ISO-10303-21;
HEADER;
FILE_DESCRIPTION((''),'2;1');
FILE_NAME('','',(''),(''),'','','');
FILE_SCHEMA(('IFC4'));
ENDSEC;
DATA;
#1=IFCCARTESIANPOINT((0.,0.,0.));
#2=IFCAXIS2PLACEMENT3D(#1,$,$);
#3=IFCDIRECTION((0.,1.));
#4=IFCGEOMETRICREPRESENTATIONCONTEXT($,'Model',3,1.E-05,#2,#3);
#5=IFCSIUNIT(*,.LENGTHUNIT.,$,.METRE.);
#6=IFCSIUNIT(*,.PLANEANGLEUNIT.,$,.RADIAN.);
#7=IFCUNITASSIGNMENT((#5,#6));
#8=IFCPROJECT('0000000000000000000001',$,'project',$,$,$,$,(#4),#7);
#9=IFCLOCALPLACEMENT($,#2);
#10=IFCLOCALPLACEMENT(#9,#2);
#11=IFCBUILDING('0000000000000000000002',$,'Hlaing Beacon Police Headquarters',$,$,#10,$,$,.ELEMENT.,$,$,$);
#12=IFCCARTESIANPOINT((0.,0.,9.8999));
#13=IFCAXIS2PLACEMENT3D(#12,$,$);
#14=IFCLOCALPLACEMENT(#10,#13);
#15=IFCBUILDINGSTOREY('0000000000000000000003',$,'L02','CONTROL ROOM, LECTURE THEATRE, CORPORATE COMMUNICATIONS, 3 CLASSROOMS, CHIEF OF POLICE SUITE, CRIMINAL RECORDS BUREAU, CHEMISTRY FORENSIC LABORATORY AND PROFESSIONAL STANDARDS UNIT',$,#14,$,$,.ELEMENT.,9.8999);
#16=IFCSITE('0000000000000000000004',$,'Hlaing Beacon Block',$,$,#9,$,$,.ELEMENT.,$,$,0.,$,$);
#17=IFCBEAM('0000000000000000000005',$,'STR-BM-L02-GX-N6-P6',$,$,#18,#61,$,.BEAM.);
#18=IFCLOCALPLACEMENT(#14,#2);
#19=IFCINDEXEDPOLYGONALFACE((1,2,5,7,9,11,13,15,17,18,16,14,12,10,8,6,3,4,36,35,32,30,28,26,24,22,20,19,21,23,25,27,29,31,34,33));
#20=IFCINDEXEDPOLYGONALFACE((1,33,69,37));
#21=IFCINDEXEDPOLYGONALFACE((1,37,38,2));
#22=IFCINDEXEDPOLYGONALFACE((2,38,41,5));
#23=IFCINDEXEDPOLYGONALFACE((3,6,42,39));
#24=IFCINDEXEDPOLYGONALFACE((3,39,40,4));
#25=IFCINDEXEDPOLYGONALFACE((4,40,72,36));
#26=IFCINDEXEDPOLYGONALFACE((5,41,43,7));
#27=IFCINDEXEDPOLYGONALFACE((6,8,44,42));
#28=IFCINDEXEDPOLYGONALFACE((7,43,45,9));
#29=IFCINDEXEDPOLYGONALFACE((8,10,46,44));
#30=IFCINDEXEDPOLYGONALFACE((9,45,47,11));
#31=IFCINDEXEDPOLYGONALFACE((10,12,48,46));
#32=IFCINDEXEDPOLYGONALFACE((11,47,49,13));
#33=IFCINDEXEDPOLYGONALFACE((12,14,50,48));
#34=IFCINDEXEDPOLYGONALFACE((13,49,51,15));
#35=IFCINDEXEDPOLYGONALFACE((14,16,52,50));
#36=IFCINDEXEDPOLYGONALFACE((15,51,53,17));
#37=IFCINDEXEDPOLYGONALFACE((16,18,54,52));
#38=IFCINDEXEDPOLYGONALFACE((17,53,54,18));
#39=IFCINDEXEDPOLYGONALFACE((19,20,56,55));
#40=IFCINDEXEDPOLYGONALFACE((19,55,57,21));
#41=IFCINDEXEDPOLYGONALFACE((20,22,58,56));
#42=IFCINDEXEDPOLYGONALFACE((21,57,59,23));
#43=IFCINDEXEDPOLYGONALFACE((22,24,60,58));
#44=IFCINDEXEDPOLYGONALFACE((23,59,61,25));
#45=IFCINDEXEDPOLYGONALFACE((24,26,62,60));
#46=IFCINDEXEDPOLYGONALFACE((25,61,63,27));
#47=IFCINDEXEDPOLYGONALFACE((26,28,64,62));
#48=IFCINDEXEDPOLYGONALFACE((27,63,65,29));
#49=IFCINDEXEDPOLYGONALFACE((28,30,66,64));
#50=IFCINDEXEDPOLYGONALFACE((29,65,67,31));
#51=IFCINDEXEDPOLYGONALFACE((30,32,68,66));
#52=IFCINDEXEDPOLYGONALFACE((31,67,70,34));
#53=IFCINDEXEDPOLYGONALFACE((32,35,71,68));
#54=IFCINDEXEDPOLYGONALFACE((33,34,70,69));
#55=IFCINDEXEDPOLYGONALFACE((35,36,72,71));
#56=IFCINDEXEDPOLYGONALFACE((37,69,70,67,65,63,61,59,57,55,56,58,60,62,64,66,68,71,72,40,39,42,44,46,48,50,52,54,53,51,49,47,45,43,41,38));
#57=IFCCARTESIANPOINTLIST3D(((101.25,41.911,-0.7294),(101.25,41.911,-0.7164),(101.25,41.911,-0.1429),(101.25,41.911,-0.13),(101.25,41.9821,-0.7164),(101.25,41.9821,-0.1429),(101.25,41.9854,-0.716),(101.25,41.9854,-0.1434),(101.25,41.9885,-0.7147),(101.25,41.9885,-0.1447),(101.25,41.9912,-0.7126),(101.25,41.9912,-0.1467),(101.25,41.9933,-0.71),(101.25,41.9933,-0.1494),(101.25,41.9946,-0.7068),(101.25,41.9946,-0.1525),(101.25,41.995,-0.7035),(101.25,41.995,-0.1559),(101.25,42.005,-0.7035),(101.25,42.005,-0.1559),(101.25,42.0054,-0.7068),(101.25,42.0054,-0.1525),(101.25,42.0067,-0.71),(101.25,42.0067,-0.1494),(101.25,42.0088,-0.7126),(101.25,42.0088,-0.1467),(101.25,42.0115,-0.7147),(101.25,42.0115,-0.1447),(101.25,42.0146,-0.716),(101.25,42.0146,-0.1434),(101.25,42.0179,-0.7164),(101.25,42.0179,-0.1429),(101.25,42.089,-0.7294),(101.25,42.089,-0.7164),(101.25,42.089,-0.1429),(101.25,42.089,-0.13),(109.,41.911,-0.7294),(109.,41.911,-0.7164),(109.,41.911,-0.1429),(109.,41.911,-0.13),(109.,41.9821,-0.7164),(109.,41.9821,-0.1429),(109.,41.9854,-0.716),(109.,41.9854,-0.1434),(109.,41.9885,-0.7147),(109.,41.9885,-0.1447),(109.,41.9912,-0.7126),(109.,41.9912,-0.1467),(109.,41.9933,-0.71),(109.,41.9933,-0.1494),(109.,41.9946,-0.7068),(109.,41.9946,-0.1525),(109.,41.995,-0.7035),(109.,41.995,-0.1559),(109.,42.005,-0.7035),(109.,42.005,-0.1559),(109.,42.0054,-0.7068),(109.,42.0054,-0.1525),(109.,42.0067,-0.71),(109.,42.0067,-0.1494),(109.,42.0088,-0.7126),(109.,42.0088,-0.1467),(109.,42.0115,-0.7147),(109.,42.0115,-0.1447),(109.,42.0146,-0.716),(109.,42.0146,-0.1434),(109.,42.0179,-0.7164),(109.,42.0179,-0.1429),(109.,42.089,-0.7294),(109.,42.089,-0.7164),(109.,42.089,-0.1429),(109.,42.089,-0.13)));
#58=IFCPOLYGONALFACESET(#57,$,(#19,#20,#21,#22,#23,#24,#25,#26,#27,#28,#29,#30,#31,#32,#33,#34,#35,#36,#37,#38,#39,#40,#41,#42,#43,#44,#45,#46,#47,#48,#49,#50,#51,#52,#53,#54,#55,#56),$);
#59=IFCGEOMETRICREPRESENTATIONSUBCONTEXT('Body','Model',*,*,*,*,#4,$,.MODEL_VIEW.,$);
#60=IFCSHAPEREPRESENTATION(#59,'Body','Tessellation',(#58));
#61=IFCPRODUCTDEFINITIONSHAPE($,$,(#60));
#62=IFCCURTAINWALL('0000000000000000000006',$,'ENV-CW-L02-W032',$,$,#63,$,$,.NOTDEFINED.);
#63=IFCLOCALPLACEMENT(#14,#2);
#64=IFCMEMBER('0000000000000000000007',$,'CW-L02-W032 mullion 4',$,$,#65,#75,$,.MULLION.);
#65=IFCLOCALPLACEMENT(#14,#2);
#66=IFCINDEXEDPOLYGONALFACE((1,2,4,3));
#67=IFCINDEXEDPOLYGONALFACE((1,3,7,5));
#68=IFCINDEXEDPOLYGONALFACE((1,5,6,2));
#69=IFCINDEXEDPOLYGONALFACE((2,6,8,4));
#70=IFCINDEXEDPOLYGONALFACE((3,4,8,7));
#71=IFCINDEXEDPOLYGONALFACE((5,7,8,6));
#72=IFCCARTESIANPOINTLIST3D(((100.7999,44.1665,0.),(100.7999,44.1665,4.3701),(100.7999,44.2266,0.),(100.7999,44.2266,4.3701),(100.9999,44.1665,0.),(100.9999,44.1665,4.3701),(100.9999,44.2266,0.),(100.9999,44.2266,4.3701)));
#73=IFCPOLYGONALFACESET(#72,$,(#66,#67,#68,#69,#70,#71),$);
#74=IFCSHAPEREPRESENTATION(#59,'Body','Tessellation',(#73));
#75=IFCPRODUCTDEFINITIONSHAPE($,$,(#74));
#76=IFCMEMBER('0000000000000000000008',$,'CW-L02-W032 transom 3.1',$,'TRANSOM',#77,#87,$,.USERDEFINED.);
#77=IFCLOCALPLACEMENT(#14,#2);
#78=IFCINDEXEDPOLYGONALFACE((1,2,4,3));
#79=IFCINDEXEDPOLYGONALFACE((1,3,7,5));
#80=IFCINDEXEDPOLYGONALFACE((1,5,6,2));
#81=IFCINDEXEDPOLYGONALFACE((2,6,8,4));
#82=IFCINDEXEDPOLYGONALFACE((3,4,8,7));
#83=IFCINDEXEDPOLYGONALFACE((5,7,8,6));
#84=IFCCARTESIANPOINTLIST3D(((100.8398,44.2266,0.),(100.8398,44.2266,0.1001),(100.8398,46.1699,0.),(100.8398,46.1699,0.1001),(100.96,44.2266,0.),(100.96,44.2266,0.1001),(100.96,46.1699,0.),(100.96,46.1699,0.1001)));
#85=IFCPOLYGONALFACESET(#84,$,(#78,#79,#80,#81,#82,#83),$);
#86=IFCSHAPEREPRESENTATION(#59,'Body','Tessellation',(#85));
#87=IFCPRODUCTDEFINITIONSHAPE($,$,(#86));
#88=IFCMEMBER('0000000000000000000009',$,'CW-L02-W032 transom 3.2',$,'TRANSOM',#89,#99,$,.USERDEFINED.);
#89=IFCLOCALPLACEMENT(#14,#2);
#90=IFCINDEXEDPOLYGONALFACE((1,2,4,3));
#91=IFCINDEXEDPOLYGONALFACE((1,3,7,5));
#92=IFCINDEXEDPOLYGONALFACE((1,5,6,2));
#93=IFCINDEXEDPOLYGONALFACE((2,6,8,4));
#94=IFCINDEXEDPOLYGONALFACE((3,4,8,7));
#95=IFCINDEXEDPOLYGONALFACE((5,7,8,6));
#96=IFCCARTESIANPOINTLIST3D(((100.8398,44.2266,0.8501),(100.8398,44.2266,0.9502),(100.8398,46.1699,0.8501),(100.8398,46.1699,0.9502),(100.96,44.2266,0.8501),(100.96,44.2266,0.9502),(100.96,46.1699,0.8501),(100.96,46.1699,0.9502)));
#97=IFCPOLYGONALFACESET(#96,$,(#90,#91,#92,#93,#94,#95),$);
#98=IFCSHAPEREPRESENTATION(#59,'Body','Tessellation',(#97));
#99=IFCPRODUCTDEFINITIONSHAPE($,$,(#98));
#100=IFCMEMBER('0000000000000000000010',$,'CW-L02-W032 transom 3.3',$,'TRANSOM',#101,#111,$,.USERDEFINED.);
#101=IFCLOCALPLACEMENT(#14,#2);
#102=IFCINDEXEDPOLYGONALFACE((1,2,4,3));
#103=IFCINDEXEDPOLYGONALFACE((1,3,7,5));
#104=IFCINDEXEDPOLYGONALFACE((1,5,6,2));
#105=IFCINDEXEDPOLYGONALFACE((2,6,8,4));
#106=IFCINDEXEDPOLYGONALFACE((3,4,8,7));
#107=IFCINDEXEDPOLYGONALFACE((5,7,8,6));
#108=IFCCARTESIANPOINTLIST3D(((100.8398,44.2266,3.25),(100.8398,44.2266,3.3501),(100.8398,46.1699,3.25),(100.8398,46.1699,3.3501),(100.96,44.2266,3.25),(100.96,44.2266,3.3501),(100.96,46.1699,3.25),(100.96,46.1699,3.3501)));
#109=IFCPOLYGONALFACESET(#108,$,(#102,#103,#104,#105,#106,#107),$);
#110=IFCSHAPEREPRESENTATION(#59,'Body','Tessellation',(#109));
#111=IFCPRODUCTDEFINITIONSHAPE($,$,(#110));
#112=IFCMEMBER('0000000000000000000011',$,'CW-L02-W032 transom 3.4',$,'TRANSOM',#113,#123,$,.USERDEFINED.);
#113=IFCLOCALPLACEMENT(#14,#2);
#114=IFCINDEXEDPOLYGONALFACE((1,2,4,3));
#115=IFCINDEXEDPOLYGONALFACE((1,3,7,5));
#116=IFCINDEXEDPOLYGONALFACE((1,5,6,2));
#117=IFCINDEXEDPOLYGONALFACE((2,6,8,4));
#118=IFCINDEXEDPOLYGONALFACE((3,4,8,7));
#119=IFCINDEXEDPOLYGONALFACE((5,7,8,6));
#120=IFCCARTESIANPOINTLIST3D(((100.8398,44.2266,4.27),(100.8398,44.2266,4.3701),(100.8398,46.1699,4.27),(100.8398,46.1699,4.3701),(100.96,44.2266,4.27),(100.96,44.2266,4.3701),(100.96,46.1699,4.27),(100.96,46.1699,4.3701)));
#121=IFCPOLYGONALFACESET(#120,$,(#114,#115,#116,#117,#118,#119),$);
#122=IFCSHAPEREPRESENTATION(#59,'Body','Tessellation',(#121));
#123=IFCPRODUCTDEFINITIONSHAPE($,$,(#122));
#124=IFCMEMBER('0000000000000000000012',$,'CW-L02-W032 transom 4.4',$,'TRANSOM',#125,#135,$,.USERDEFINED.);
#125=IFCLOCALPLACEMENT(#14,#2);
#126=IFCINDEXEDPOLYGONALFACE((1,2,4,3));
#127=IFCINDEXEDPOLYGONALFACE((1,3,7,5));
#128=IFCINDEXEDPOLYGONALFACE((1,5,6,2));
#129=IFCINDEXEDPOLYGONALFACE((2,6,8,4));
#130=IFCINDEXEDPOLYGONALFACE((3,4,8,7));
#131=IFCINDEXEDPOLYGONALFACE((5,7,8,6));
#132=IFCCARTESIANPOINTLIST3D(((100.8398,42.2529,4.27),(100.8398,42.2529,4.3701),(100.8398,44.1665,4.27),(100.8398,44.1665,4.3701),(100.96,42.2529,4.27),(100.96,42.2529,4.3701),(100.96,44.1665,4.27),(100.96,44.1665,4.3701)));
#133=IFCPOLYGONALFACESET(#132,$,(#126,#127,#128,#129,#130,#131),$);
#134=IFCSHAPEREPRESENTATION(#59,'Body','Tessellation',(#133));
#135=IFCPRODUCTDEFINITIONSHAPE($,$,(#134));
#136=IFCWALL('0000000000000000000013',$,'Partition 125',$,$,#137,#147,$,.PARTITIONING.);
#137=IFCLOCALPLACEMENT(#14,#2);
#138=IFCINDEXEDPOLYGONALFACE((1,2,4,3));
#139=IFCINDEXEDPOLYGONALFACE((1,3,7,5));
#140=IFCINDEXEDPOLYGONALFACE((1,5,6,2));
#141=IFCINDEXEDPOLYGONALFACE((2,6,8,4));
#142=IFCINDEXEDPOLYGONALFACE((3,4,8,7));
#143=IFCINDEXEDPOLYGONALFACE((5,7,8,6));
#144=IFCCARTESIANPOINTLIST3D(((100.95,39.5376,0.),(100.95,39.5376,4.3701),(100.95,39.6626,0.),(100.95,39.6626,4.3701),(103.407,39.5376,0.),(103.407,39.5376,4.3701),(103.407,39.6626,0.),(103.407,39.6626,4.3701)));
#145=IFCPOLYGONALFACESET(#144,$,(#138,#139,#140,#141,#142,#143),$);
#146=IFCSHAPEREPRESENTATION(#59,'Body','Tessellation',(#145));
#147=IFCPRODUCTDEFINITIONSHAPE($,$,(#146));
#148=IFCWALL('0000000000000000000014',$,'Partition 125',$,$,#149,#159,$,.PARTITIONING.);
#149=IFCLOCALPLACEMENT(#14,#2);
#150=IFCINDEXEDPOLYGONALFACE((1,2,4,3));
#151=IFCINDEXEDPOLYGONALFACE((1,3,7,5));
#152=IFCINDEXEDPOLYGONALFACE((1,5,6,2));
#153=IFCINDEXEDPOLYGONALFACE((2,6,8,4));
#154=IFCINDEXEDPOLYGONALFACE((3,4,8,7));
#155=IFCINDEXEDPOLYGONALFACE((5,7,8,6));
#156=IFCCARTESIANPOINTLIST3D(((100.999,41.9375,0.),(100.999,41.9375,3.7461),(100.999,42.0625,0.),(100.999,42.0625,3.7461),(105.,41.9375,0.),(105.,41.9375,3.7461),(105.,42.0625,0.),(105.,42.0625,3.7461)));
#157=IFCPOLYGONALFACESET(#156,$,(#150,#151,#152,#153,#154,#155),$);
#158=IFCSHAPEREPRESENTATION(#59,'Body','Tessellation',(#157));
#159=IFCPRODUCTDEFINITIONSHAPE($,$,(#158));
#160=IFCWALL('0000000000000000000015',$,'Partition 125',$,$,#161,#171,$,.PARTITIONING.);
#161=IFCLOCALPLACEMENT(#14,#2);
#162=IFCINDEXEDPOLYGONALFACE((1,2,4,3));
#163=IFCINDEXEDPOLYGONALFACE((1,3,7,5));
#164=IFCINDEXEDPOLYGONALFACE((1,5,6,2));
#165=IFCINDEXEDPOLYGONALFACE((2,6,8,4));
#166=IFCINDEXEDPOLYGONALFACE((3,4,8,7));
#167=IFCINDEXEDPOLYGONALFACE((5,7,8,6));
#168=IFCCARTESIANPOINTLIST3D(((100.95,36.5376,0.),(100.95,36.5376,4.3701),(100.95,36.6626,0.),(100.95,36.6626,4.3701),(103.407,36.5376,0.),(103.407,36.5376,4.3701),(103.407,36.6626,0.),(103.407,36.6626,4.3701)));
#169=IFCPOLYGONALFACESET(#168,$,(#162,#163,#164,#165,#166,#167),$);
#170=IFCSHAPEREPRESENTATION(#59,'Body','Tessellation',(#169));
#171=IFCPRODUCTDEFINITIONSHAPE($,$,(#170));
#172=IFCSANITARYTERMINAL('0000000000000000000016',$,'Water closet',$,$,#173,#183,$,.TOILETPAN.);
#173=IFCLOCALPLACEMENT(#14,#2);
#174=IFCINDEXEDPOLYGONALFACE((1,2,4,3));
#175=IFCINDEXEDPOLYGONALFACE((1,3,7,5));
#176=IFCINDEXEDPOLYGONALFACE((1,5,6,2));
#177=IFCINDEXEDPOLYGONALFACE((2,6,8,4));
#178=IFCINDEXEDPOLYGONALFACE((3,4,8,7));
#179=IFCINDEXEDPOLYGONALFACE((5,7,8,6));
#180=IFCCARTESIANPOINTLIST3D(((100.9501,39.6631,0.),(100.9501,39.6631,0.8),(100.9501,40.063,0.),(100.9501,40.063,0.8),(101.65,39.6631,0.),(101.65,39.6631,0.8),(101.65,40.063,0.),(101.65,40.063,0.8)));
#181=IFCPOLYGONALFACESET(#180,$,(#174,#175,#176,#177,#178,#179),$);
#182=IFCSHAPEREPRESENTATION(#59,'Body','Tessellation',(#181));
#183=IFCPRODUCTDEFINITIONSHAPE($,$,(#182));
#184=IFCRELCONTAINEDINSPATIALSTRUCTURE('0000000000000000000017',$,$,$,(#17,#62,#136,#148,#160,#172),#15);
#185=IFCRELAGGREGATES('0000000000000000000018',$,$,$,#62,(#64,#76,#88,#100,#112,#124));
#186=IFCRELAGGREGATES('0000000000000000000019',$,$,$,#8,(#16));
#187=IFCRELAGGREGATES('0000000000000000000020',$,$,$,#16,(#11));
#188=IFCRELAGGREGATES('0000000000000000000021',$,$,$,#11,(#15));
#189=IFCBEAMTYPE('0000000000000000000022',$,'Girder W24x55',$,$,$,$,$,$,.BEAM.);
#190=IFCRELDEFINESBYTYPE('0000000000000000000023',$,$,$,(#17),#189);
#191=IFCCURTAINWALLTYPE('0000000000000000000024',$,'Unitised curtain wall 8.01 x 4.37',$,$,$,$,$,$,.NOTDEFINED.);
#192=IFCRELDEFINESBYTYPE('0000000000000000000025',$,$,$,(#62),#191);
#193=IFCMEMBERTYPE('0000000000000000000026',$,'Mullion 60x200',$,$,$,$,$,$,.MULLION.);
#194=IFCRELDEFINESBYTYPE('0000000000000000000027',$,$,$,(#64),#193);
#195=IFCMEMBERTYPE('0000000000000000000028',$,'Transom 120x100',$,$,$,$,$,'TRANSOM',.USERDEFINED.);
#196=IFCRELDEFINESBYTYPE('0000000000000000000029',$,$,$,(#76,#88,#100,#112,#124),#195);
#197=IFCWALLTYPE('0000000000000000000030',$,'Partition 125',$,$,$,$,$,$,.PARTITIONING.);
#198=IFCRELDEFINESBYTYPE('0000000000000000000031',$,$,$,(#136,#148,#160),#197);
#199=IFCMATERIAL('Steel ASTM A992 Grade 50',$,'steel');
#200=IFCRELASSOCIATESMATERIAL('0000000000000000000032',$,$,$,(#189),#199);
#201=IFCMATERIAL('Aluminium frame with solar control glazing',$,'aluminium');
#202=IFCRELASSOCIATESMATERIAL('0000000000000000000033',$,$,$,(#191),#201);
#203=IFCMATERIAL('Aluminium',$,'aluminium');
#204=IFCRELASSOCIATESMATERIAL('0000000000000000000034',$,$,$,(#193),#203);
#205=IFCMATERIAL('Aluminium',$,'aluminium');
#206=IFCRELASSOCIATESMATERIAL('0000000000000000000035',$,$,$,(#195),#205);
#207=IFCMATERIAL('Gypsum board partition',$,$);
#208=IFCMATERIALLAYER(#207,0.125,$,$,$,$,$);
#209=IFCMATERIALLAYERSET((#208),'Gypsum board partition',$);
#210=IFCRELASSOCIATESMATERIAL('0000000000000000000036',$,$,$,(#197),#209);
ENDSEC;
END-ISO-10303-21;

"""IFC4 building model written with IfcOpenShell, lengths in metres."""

from ifc_helpers import new_model, si_unit, direction, frame, frame_2d, origin, origin_2d, place, context, subcontext, project, spatial, rectangle, i_section, extrude, material, layer, layer_set, material_profile, profile_set, type_object, element, aggregate, save


model = new_model("IFC4")

# Units and contexts
model_context = context("Model", 3, precision=1e-05, world=origin(), true_north=direction((0.0, 1.0)))
body_context = subcontext(model_context, "Body", "Model", "MODEL_VIEW")
ifc_project = project(units=[si_unit("LENGTHUNIT", "METRE"), si_unit("PLANEANGLEUNIT", "RADIAN")], contexts=[model_context])

# Site, building, storey
site_placement = place(None, origin())
site = spatial("IfcSite", under=ifc_project, at=site_placement, Name="Hlaing Beacon Block", CompositionType="ELEMENT", RefElevation=0.0)
building_placement = place(site_placement, origin())
building = spatial("IfcBuilding", under=site, at=building_placement, Name="Hlaing Beacon Police Headquarters", CompositionType="ELEMENT")
storey_placement = place(building_placement, frame((0.0, 0.0, 9.8999)))
storey = spatial("IfcBuildingStorey", under=building, at=storey_placement, Name="L02", Description="CONTROL ROOM, LECTURE THEATRE, CORPORATE COMMUNICATIONS, 3 CLASSROOMS, CHIEF OF POLICE SUITE, CRIMINAL RECORDS BUREAU, CHEMISTRY FORENSIC LABORATORY AND PROFESSIONAL STANDARDS UNIT", CompositionType="ELEMENT", Elevation=9.8999)

# Beam
ifc_material_1 = material(Name="Steel ASTM A992 Grade 50", Category="steel")
ifc_material_profile_1 = material_profile(ifc_material_1, i_section(OverallWidth=0.178, OverallDepth=0.5994, WebThickness=0.01, FlangeThickness=0.0129, FilletRadius=0.0129, at=origin_2d()), Name="W24x55")
ifc_profile_set_1 = profile_set([ifc_material_profile_1], Name="Steel ASTM A992 Grade 50")
beam_type = type_object("IfcBeamType", Name="Girder W24x55", PredefinedType="BEAM", material=ifc_profile_set_1)
beam_placement = place(storey_placement, frame((101.25, 42.0, -0.4297), z_axis=(1.0, 0.0, 0.0), x_axis=(0.0, 1.0, 0.0)))
element("IfcBeam", 1, at=beam_placement, inside=storey, type_object=beam_type, Name="STR-BM-L02-GX-N6-P6", PredefinedType="BEAM", context=body_context, shape_type="SweptSolid", body=[
    extrude(i_section(OverallWidth=0.178, OverallDepth=0.5994, WebThickness=0.01, FlangeThickness=0.0129, FilletRadius=0.0129, at=origin_2d()), origin(), (0.0, 0.0, 1.0), 7.75),
])

# Curtain wall, members
ifc_material_2 = material(Name="Aluminium frame with solar control glazing", Category="aluminium")
curtain_wall_type = type_object("IfcCurtainWallType", Name="Unitised curtain wall 8.01 x 4.37", PredefinedType="NOTDEFINED", material=ifc_material_2)
curtain_wall_placement = place(storey_placement, origin())
curtain_wall = element("IfcCurtainWall", 2, at=curtain_wall_placement, inside=storey, type_object=curtain_wall_type, Name="ENV-CW-L02-W032", PredefinedType="NOTDEFINED")
ifc_material_3 = material(Name="Aluminium", Category="aluminium")
ifc_material_profile_2 = material_profile(ifc_material_3, rectangle(XDim=0.2, YDim=0.0601, at=origin_2d()), Name="Mullion 60x200")
ifc_profile_set_2 = profile_set([ifc_material_profile_2], Name="Aluminium")
member_type_1 = type_object("IfcMemberType", Name="Mullion 60x200", PredefinedType="MULLION", material=ifc_profile_set_2)
member_1_placement = place(storey_placement, frame((100.8999, 44.1965, 0.0), z_axis=(0.0, 0.0, 1.0), x_axis=(1.0, 0.0, 0.0)))
member_1 = element("IfcMember", 3, at=member_1_placement, type_object=member_type_1, Name="CW-L02-W032 mullion 4", PredefinedType="MULLION", context=body_context, shape_type="SweptSolid", body=[
    extrude(rectangle(XDim=0.2, YDim=0.0601, at=origin_2d()), origin(), (0.0, 0.0, 1.0), 4.3701),
])
ifc_material_4 = material(Name="Aluminium", Category="aluminium")
ifc_material_profile_3 = material_profile(ifc_material_4, rectangle(XDim=0.1201, YDim=0.1001, at=origin_2d()), Name="Transom 120x100")
ifc_profile_set_3 = profile_set([ifc_material_profile_3], Name="Aluminium")
member_type_2 = type_object("IfcMemberType", Name="Transom 120x100", ElementType="TRANSOM", PredefinedType="USERDEFINED", material=ifc_profile_set_3)
member_2_placement = place(storey_placement, frame((100.8999, 46.1699, 0.05), z_axis=(0.0, -1.0, 0.0), x_axis=(1.0, 0.0, 0.0)))
member_2 = element("IfcMember", 4, at=member_2_placement, type_object=member_type_2, Name="CW-L02-W032 transom 3.1", ObjectType="TRANSOM", PredefinedType="USERDEFINED", context=body_context, shape_type="SweptSolid", body=[
    extrude(rectangle(XDim=0.1201, YDim=0.1001, at=origin_2d()), origin(), (0.0, 0.0, 1.0), 1.9434),
])
member_3_placement = place(storey_placement, frame((100.8999, 46.1699, 0.9001), z_axis=(0.0, -1.0, 0.0), x_axis=(1.0, 0.0, 0.0)))
member_3 = element("IfcMember", 5, at=member_3_placement, type_object=member_type_2, Name="CW-L02-W032 transom 3.2", ObjectType="TRANSOM", PredefinedType="USERDEFINED", context=body_context, shape_type="SweptSolid", body=[
    extrude(rectangle(XDim=0.1201, YDim=0.1001, at=origin_2d()), origin(), (0.0, 0.0, 1.0), 1.9434),
])
member_4_placement = place(storey_placement, frame((100.8999, 46.1699, 3.3), z_axis=(0.0, -1.0, 0.0), x_axis=(1.0, 0.0, 0.0)))
member_4 = element("IfcMember", 6, at=member_4_placement, type_object=member_type_2, Name="CW-L02-W032 transom 3.3", ObjectType="TRANSOM", PredefinedType="USERDEFINED", context=body_context, shape_type="SweptSolid", body=[
    extrude(rectangle(XDim=0.1201, YDim=0.1001, at=origin_2d()), origin(), (0.0, 0.0, 1.0), 1.9434),
])
member_5_placement = place(storey_placement, frame((100.8999, 46.1699, 4.3201), z_axis=(0.0, -1.0, 0.0), x_axis=(1.0, 0.0, 0.0)))
member_5 = element("IfcMember", 7, at=member_5_placement, type_object=member_type_2, Name="CW-L02-W032 transom 3.4", ObjectType="TRANSOM", PredefinedType="USERDEFINED", context=body_context, shape_type="SweptSolid", body=[
    extrude(rectangle(XDim=0.1201, YDim=0.1001, at=origin_2d()), origin(), (0.0, 0.0, 1.0), 1.9434),
])
member_6_placement = place(storey_placement, frame((100.8999, 44.1665, 4.3201), z_axis=(0.0, -1.0, 0.0), x_axis=(1.0, 0.0, 0.0)))
member_6 = element("IfcMember", 8, at=member_6_placement, type_object=member_type_2, Name="CW-L02-W032 transom 4.4", ObjectType="TRANSOM", PredefinedType="USERDEFINED", context=body_context, shape_type="SweptSolid", body=[
    extrude(rectangle(XDim=0.1201, YDim=0.1001, at=origin_2d()), origin(), (0.0, 0.0, 1.0), 1.9136),
])
aggregate(curtain_wall, [member_1, member_2, member_3, member_4, member_5, member_6])

# Walls
ifc_material_5 = material(Name="Gypsum board partition")
ifc_layer = layer(ifc_material_5, 0.125)
ifc_layer_set = layer_set([ifc_layer], Name="Gypsum board partition")
wall_type = type_object("IfcWallType", Name="Partition 125", PredefinedType="PARTITIONING", material=ifc_layer_set)
wall_1_placement = place(storey_placement, frame((100.95, 39.6001, 0.0), z_axis=(0.0, 0.0, 1.0), x_axis=(1.0, 0.0, 0.0)))
element("IfcWall", 9, at=wall_1_placement, inside=storey, type_object=wall_type, Name="Partition 125", PredefinedType="PARTITIONING", context=body_context, shape_type="SweptSolid", body=[
    extrude(rectangle(XDim=2.457, YDim=0.125, at=frame_2d((1.2285, 0.0))), origin(), (0.0, 0.0, 1.0), 4.3701),
])
wall_2_placement = place(storey_placement, frame((100.999, 42.0, 0.0), z_axis=(0.0, 0.0, 1.0), x_axis=(1.0, 0.0, 0.0)))
element("IfcWall", 10, at=wall_2_placement, inside=storey, type_object=wall_type, Name="Partition 125", PredefinedType="PARTITIONING", context=body_context, shape_type="SweptSolid", body=[
    extrude(rectangle(XDim=4.001, YDim=0.125, at=frame_2d((2.0005, 0.0))), origin(), (0.0, 0.0, 1.0), 3.7461),
])
wall_3_placement = place(storey_placement, frame((100.95, 36.6001, 0.0), z_axis=(0.0, 0.0, 1.0), x_axis=(1.0, 0.0, 0.0)))
element("IfcWall", 11, at=wall_3_placement, inside=storey, type_object=wall_type, Name="Partition 125", PredefinedType="PARTITIONING", context=body_context, shape_type="SweptSolid", body=[
    extrude(rectangle(XDim=2.457, YDim=0.125, at=frame_2d((1.2285, 0.0))), origin(), (0.0, 0.0, 1.0), 4.3701),
])

# Sanitary terminal
sanitary_terminal_1_placement = place(storey_placement, frame((101.3, 39.863, 0.0), z_axis=(0.0, 0.0, 1.0), x_axis=(1.0, 0.0, 0.0)))
element("IfcSanitaryTerminal", 12, at=sanitary_terminal_1_placement, inside=storey, Name="Water closet", PredefinedType="TOILETPAN", context=body_context, shape_type="SweptSolid", body=[
    extrude(rectangle(XDim=0.7, YDim=0.3999, at=origin_2d()), origin(), (0.0, 0.0, 1.0), 0.8),
])

save(model, "model.ifc")
